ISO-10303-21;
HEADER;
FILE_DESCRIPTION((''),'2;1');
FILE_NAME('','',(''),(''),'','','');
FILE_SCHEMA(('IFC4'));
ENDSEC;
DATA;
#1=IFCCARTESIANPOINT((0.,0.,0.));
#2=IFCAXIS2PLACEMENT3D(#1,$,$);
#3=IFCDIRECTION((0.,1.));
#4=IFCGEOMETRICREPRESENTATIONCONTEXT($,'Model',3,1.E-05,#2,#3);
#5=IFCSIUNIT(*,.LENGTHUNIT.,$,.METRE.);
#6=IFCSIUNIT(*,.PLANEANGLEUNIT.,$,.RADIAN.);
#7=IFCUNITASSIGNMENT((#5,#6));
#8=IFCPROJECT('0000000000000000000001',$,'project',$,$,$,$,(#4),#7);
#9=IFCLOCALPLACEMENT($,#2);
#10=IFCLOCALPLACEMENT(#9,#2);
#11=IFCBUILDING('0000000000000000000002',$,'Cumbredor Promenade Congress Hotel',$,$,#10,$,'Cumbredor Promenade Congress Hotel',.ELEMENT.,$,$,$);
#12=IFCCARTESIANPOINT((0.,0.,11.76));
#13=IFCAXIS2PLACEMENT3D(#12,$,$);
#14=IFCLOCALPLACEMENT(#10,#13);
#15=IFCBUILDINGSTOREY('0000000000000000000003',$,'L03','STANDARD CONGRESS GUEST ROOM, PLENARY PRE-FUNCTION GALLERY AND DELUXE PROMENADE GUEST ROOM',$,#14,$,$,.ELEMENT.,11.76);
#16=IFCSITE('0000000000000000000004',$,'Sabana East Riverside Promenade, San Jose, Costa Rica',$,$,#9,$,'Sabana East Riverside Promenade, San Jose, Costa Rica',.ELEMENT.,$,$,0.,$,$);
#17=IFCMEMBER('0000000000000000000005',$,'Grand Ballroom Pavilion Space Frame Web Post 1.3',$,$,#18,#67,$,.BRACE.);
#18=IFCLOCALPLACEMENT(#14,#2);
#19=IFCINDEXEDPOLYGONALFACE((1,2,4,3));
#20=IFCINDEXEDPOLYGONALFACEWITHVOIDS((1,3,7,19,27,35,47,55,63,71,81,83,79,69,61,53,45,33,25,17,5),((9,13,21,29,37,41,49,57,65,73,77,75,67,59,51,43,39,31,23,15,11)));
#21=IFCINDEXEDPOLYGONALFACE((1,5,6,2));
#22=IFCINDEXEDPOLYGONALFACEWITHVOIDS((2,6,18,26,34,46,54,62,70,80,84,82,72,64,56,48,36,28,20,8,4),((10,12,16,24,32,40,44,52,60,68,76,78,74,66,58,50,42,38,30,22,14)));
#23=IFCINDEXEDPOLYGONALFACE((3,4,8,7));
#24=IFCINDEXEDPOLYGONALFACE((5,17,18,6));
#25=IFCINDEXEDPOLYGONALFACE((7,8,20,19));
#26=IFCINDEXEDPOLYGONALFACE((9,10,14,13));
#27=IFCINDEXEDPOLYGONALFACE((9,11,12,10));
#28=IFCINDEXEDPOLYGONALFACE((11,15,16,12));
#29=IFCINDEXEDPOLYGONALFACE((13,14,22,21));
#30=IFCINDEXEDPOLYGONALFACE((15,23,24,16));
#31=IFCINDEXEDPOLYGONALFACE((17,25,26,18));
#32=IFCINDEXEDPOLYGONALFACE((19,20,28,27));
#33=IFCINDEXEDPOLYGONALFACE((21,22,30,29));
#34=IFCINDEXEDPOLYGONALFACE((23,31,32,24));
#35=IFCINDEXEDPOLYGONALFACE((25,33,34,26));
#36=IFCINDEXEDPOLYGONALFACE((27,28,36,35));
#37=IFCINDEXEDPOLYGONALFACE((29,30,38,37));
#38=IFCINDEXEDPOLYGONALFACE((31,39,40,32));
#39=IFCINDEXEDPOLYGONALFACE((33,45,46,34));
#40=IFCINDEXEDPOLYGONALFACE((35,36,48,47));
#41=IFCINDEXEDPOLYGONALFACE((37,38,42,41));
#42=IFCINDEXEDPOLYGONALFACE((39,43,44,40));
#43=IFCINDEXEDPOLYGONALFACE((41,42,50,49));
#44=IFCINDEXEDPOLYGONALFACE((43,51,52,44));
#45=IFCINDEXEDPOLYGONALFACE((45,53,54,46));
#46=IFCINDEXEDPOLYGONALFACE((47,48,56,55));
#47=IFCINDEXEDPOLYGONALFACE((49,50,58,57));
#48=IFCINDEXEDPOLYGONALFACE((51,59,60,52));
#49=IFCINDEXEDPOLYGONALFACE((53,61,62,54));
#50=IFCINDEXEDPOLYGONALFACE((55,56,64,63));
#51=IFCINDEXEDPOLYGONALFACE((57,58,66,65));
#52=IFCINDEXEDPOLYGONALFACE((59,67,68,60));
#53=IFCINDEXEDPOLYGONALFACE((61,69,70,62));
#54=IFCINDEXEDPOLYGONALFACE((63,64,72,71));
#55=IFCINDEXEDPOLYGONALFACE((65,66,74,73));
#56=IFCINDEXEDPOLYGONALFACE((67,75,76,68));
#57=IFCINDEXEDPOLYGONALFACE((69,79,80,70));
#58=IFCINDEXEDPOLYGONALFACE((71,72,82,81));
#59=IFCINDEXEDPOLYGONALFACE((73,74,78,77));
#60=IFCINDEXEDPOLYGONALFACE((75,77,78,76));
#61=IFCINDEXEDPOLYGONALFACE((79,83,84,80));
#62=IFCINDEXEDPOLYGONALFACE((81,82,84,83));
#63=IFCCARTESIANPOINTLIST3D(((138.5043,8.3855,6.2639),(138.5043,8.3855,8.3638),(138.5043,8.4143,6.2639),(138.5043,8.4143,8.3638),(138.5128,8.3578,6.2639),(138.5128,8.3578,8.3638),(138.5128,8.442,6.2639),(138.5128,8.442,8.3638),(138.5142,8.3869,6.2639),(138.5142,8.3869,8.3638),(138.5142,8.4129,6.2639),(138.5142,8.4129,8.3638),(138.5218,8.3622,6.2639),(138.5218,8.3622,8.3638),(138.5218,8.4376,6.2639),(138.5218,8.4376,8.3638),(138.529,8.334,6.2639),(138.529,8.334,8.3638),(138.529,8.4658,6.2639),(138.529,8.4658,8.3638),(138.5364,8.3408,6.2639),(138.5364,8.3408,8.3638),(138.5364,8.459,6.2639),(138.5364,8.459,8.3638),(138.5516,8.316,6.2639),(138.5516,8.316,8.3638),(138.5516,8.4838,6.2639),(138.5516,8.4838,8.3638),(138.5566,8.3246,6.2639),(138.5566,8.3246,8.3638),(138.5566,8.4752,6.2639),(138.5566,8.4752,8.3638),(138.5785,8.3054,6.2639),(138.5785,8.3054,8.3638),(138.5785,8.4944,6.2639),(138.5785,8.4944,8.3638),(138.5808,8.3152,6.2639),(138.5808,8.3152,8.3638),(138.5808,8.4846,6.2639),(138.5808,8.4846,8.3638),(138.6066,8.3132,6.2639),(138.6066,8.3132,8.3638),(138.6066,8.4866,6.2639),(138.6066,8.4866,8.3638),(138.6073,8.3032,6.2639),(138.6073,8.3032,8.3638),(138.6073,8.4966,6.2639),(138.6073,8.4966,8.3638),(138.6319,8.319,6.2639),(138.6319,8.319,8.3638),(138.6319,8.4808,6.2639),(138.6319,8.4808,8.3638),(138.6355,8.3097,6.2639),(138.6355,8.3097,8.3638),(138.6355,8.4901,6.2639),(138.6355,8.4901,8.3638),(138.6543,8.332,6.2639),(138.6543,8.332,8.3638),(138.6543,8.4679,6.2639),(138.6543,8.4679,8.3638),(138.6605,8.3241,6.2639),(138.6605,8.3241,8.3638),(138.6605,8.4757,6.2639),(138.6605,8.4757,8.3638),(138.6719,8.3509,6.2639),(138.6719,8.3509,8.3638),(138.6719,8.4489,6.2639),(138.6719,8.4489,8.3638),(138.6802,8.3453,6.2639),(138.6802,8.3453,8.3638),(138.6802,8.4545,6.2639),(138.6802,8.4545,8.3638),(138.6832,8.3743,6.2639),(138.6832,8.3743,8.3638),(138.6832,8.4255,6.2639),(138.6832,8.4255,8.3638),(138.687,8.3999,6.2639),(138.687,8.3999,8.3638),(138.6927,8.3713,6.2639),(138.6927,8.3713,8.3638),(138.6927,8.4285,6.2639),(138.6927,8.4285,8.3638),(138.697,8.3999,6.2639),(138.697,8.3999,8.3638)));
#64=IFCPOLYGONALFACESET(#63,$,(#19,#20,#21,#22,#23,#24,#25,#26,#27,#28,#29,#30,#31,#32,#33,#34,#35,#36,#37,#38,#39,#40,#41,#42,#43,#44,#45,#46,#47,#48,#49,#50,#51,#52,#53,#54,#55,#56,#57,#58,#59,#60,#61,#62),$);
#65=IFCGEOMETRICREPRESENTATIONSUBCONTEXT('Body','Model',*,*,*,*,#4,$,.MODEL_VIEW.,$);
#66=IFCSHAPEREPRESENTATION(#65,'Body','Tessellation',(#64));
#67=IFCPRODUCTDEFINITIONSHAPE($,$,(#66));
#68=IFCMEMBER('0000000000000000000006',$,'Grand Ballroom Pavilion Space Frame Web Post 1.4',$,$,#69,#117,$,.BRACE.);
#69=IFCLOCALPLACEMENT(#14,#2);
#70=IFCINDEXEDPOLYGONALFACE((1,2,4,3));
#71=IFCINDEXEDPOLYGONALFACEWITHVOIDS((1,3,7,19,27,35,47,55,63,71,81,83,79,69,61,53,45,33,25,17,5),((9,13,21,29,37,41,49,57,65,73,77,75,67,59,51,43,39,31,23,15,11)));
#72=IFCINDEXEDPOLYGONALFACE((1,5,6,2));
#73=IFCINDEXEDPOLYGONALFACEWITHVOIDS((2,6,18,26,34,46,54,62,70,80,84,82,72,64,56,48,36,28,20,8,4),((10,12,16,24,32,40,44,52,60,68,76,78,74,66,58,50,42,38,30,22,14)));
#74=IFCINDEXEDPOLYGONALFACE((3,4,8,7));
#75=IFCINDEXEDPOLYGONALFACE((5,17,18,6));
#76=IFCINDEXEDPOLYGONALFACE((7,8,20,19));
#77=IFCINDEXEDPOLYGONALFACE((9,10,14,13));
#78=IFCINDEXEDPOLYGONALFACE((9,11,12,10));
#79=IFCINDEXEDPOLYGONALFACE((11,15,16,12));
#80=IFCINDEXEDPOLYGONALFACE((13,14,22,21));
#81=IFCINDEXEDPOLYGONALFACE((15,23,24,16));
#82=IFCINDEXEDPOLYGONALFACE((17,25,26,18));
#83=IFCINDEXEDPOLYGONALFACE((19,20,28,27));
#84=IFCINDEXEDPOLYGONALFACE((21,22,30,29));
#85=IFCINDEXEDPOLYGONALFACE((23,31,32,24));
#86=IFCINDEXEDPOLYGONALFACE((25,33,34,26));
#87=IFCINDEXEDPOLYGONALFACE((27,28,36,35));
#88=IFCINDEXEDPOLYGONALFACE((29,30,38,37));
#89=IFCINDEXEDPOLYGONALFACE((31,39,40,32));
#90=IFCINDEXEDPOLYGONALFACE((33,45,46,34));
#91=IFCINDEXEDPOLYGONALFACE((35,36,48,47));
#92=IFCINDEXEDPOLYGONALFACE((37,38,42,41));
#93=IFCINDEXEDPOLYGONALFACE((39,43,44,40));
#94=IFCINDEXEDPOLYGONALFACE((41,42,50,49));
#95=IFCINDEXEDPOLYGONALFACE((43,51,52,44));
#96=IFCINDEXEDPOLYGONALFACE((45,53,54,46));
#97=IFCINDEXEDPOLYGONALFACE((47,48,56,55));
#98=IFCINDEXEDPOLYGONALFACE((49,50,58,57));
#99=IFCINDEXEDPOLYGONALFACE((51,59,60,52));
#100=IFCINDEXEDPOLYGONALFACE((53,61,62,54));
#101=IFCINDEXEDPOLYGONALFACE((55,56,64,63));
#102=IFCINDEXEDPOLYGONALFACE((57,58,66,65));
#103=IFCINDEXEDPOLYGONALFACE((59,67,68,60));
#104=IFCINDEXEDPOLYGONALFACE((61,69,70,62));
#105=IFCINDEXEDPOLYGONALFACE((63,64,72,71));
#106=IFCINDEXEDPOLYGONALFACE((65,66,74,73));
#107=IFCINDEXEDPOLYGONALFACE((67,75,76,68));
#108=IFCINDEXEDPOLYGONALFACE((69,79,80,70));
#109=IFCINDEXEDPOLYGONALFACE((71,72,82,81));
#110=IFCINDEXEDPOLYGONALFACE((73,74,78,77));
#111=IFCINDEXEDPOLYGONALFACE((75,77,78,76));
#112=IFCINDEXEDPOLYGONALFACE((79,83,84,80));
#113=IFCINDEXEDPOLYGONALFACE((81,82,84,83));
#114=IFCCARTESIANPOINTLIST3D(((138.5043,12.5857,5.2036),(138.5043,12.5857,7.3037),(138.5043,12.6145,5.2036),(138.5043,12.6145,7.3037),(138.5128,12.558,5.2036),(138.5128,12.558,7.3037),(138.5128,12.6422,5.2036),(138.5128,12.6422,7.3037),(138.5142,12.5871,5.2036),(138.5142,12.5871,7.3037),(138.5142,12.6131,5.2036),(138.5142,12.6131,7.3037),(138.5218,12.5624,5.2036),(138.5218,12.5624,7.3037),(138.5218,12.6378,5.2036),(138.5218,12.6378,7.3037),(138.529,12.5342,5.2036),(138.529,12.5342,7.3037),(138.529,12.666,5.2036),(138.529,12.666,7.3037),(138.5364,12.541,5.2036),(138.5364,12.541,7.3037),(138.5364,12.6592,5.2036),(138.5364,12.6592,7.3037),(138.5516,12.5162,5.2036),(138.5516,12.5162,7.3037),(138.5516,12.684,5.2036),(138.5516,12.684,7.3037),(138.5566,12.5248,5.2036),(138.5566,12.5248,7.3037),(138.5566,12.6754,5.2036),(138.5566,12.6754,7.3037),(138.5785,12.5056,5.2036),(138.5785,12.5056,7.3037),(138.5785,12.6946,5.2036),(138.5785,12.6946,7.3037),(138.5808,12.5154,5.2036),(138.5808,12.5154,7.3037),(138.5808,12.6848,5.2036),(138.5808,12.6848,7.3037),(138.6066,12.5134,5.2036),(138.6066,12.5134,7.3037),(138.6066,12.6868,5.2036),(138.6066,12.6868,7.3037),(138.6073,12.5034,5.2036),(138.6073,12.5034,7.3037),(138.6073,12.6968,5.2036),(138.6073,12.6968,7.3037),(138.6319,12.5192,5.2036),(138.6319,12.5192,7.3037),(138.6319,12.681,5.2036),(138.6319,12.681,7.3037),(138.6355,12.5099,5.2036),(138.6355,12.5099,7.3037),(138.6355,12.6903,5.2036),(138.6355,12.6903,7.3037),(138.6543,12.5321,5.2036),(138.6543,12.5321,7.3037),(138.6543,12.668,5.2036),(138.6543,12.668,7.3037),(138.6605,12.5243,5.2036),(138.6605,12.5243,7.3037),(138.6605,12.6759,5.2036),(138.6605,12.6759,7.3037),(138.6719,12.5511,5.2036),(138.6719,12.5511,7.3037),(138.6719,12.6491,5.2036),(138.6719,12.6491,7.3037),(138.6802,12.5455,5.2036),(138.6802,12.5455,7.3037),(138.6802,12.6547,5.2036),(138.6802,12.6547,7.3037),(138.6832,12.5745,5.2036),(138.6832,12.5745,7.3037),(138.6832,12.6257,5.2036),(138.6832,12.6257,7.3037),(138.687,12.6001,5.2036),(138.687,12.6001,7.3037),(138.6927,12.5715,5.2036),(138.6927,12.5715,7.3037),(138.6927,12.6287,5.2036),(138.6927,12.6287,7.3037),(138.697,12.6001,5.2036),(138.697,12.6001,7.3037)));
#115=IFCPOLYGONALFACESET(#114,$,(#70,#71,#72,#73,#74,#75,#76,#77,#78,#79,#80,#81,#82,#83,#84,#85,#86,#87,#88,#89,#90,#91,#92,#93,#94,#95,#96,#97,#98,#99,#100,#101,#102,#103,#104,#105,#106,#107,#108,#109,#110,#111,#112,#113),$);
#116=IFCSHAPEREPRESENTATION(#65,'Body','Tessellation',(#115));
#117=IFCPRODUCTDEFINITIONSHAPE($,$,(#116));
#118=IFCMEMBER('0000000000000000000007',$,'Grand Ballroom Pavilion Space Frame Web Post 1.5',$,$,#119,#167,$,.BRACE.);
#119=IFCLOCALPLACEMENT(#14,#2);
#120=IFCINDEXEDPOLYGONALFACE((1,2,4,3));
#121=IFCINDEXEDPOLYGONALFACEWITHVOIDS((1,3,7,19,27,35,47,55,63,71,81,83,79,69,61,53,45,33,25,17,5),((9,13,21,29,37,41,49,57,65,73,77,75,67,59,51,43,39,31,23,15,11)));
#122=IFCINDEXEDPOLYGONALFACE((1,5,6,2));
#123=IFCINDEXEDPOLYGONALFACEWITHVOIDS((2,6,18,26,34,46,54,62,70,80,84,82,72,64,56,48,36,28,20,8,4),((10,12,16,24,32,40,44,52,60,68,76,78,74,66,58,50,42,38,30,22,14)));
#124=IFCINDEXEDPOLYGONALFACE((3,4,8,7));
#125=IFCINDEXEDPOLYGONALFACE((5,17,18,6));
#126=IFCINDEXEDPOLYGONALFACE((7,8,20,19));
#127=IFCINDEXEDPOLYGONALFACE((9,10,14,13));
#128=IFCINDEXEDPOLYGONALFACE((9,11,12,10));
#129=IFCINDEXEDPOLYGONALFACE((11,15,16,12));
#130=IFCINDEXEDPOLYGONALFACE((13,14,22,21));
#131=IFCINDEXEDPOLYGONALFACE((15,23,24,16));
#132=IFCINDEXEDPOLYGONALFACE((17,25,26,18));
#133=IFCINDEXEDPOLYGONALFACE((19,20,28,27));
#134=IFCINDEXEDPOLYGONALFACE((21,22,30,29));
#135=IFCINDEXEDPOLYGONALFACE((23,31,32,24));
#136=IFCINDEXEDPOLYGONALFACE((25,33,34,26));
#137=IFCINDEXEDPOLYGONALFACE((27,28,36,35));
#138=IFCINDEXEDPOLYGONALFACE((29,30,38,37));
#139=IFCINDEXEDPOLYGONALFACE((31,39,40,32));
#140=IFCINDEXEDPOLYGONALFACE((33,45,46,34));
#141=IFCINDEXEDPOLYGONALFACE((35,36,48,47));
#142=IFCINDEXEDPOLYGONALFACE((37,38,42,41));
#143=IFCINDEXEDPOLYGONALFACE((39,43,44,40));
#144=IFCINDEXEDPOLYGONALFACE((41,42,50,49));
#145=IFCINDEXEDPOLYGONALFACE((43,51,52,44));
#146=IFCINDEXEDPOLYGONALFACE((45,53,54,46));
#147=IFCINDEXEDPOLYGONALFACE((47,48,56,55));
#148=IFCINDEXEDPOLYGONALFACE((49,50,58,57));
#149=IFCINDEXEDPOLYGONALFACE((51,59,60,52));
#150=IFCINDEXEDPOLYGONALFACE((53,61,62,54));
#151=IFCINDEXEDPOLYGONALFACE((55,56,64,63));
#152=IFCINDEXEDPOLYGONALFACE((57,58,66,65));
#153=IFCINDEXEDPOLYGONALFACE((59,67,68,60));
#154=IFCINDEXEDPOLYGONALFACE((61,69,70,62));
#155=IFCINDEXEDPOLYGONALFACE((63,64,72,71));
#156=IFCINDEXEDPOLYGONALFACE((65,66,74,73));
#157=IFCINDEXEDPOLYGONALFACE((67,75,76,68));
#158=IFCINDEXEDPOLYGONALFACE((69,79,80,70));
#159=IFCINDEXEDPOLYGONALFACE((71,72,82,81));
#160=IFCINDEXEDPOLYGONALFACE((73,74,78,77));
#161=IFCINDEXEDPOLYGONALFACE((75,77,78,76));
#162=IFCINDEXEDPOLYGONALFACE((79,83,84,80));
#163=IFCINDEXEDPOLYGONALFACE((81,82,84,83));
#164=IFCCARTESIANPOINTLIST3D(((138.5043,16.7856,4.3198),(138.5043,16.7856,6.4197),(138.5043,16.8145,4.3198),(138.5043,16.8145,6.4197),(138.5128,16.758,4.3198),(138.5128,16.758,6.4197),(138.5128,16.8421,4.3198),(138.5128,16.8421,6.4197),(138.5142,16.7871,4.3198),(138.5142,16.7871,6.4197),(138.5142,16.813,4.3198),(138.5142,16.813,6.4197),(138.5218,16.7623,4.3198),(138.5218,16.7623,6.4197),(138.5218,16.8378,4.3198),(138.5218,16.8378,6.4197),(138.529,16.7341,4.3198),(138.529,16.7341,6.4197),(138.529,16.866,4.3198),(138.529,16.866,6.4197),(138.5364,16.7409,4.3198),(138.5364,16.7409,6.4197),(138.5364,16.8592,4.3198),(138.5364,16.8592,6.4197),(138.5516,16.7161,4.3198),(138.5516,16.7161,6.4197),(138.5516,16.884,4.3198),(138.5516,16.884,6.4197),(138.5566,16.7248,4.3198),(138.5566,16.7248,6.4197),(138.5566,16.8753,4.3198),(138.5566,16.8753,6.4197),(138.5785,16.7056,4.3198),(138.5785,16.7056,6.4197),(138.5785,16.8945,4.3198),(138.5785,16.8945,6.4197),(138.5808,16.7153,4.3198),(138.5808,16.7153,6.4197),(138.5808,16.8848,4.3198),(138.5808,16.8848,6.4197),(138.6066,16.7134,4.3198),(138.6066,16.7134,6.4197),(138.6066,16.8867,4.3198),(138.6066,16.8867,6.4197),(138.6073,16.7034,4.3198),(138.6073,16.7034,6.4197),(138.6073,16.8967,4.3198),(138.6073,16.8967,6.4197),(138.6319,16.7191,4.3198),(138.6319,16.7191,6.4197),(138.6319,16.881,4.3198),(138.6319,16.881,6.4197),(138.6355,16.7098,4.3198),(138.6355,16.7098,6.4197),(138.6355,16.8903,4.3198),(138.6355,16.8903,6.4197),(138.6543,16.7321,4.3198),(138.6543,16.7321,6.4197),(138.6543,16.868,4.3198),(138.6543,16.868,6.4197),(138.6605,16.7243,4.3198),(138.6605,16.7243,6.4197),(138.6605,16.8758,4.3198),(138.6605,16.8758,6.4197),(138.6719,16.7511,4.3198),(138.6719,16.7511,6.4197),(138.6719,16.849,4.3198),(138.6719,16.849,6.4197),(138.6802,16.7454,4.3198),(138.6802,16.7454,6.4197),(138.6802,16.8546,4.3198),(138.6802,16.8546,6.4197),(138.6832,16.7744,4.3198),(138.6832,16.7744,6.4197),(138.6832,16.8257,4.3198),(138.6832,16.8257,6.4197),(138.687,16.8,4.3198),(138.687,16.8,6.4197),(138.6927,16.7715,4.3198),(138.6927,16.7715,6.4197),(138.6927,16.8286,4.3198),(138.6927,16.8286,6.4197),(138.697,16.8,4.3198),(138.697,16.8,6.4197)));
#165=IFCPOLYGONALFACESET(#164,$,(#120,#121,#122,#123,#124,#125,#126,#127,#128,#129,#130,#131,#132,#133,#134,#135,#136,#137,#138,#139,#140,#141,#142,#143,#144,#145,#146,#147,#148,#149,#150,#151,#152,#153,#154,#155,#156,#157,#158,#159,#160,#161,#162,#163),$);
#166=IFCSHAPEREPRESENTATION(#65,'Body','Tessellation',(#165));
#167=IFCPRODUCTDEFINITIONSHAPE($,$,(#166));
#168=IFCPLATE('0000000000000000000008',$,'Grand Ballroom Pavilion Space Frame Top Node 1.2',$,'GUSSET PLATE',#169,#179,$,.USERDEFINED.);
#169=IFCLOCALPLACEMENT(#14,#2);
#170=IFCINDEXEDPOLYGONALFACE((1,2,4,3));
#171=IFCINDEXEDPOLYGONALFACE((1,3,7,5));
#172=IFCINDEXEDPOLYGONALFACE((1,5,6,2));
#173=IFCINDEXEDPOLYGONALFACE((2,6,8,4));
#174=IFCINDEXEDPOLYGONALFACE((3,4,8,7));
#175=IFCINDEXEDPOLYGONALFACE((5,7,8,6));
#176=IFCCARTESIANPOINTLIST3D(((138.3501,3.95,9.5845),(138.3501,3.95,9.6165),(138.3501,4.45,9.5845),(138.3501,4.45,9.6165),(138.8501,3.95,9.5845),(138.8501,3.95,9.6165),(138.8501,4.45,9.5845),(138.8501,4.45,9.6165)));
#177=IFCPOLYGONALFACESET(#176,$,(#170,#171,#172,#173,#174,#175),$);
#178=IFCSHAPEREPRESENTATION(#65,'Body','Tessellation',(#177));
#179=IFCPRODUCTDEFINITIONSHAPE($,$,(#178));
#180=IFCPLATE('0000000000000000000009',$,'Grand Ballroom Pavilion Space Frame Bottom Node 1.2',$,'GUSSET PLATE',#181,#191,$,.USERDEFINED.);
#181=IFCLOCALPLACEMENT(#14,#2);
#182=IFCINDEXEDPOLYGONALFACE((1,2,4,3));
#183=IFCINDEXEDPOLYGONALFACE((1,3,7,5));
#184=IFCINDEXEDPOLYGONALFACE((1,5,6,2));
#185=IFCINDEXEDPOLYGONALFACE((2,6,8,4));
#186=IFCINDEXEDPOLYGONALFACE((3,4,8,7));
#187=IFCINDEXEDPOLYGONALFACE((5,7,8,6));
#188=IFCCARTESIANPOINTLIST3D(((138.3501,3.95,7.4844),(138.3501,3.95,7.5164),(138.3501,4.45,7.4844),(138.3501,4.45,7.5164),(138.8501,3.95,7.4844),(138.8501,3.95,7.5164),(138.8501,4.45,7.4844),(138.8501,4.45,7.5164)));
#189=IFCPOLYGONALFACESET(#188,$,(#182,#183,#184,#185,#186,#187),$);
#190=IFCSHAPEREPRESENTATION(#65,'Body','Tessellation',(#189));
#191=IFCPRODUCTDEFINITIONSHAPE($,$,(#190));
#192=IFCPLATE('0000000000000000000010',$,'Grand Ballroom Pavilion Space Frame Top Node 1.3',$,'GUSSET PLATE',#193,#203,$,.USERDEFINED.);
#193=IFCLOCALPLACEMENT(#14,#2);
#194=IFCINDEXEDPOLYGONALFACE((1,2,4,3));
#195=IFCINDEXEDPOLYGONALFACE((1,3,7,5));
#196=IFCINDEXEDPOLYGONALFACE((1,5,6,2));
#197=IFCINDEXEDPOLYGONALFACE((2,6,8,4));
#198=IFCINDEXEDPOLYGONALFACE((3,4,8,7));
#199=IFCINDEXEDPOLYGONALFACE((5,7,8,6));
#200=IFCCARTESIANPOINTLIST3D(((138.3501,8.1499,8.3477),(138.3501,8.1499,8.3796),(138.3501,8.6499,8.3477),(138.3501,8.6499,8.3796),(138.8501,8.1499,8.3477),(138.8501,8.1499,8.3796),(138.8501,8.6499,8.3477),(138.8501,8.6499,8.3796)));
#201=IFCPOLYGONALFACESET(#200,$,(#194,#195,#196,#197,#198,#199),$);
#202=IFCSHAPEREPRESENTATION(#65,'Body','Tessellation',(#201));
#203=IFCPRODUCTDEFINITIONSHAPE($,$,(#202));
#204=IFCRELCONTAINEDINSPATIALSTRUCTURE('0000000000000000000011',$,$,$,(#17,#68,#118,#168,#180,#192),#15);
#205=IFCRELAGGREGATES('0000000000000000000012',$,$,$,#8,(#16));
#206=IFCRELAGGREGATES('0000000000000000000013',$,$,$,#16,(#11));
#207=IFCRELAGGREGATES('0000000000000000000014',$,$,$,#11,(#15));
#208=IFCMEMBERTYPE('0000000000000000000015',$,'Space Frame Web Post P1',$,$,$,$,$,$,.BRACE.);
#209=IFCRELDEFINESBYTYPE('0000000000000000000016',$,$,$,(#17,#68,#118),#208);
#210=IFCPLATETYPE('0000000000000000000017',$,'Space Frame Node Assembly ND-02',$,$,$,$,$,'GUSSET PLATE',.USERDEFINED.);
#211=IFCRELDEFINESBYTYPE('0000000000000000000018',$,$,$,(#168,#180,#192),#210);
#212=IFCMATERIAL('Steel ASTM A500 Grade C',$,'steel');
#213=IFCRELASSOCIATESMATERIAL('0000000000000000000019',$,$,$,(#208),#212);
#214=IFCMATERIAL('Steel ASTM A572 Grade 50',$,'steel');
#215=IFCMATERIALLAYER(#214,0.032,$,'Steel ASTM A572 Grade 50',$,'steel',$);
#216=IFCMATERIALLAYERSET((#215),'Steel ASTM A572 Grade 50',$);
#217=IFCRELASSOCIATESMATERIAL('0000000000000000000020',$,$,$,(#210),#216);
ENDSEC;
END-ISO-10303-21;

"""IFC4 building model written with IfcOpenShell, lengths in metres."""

from ifc_helpers import new_model, si_unit, direction, frame, origin, origin_2d, place, context, subcontext, project, spatial, rectangle, hollow_circle, extrude, material, layer, layer_set, material_profile, profile_set, type_object, element, save


model = new_model("IFC4")

# Units and contexts
model_context = context("Model", 3, precision=1e-05, world=origin(), true_north=direction((0.0, 1.0)))
body_context = subcontext(model_context, "Body", "Model", "MODEL_VIEW")
ifc_project = project(units=[si_unit("LENGTHUNIT", "METRE"), si_unit("PLANEANGLEUNIT", "RADIAN")], contexts=[model_context])

# Site, building, storey
site_placement = place(None, origin())
site = spatial("IfcSite", under=ifc_project, at=site_placement, Name="Sabana East Riverside Promenade, San Jose, Costa Rica", LongName="Sabana East Riverside Promenade, San Jose, Costa Rica", CompositionType="ELEMENT", RefElevation=0.0)
building_placement = place(site_placement, origin())
building = spatial("IfcBuilding", under=site, at=building_placement, Name="Cumbredor Promenade Congress Hotel", LongName="Cumbredor Promenade Congress Hotel", CompositionType="ELEMENT")
storey_placement = place(building_placement, frame((0.0, 0.0, 11.76)))
storey = spatial("IfcBuildingStorey", under=building, at=storey_placement, Name="L03", Description="STANDARD CONGRESS GUEST ROOM, PLENARY PRE-FUNCTION GALLERY AND DELUXE PROMENADE GUEST ROOM", CompositionType="ELEMENT", Elevation=11.76)

# Members
ifc_material_1 = material(Name="Steel ASTM A500 Grade C", Category="steel")
ifc_material_profile_1 = material_profile(ifc_material_1, hollow_circle(Radius=0.0969, WallThickness=0.01, at=origin_2d()), Name="CHS 193.7x10")
ifc_profile_set_1 = profile_set([ifc_material_profile_1], Name="Steel ASTM A500 Grade C")
member_type_1 = type_object("IfcMemberType", Name="Space Frame Web Post P1", PredefinedType="BRACE", material=ifc_profile_set_1)
member_1_placement = place(storey_placement, frame((138.6001, 8.3999, 6.2639), z_axis=(0.0, 0.0, 1.0), x_axis=(1.0, 0.0, 0.0)))
element("IfcMember", 1, at=member_1_placement, inside=storey, type_object=member_type_1, Name="Grand Ballroom Pavilion Space Frame Web Post 1.3", PredefinedType="BRACE", context=body_context, shape_type="SweptSolid", body=[
    extrude(hollow_circle(Radius=0.0969, WallThickness=0.01, at=origin_2d()), origin(), (0.0, 0.0, 1.0), 2.0999),
])
member_2_placement = place(storey_placement, frame((138.6001, 12.6001, 5.2036), z_axis=(0.0, 0.0, 1.0), x_axis=(1.0, 0.0, 0.0)))
element("IfcMember", 2, at=member_2_placement, inside=storey, type_object=member_type_1, Name="Grand Ballroom Pavilion Space Frame Web Post 1.4", PredefinedType="BRACE", context=body_context, shape_type="SweptSolid", body=[
    extrude(hollow_circle(Radius=0.0969, WallThickness=0.01, at=origin_2d()), origin(), (0.0, 0.0, 1.0), 2.1001),
])
member_3_placement = place(storey_placement, frame((138.6001, 16.8, 4.3198), z_axis=(0.0, 0.0, 1.0), x_axis=(1.0, 0.0, 0.0)))
element("IfcMember", 3, at=member_3_placement, inside=storey, type_object=member_type_1, Name="Grand Ballroom Pavilion Space Frame Web Post 1.5", PredefinedType="BRACE", context=body_context, shape_type="SweptSolid", body=[
    extrude(hollow_circle(Radius=0.0969, WallThickness=0.01, at=origin_2d()), origin(), (0.0, 0.0, 1.0), 2.0999),
])

# Plates
ifc_material_2 = material(Name="Steel ASTM A572 Grade 50", Category="steel")
ifc_layer = layer(ifc_material_2, 0.032, Name="Steel ASTM A572 Grade 50", Category="steel")
ifc_layer_set = layer_set([ifc_layer], Name="Steel ASTM A572 Grade 50")
plate_type = type_object("IfcPlateType", Name="Space Frame Node Assembly ND-02", ElementType="GUSSET PLATE", PredefinedType="USERDEFINED", material=ifc_layer_set)
for number, where, z_axis, x_axis, name in (
    (4, (138.6001, 4.2, 9.5845), (0.0, 0.0, 1.0), (1.0, 0.0, 0.0), "Grand Ballroom Pavilion Space Frame Top Node 1.2"),
    (5, (138.6001, 4.2, 7.4844), (0.0, 0.0, 1.0), (1.0, 0.0, 0.0), "Grand Ballroom Pavilion Space Frame Bottom Node 1.2"),
    (6, (138.6001, 8.3999, 8.3477), (0.0, 0.0, 1.0), (1.0, 0.0, 0.0), "Grand Ballroom Pavilion Space Frame Top Node 1.3"),
):
    element("IfcPlate", number, at=place(storey_placement, frame(where, z_axis=z_axis, x_axis=x_axis)), inside=storey, type_object=plate_type, Name=name, ObjectType="GUSSET PLATE", PredefinedType="USERDEFINED", context=body_context, shape_type="SweptSolid", body=[
        extrude(rectangle(XDim=0.5, YDim=0.5, at=origin_2d()), origin(), (0.0, 0.0, 1.0), 0.032),
    ])

save(model, "model.ifc")
